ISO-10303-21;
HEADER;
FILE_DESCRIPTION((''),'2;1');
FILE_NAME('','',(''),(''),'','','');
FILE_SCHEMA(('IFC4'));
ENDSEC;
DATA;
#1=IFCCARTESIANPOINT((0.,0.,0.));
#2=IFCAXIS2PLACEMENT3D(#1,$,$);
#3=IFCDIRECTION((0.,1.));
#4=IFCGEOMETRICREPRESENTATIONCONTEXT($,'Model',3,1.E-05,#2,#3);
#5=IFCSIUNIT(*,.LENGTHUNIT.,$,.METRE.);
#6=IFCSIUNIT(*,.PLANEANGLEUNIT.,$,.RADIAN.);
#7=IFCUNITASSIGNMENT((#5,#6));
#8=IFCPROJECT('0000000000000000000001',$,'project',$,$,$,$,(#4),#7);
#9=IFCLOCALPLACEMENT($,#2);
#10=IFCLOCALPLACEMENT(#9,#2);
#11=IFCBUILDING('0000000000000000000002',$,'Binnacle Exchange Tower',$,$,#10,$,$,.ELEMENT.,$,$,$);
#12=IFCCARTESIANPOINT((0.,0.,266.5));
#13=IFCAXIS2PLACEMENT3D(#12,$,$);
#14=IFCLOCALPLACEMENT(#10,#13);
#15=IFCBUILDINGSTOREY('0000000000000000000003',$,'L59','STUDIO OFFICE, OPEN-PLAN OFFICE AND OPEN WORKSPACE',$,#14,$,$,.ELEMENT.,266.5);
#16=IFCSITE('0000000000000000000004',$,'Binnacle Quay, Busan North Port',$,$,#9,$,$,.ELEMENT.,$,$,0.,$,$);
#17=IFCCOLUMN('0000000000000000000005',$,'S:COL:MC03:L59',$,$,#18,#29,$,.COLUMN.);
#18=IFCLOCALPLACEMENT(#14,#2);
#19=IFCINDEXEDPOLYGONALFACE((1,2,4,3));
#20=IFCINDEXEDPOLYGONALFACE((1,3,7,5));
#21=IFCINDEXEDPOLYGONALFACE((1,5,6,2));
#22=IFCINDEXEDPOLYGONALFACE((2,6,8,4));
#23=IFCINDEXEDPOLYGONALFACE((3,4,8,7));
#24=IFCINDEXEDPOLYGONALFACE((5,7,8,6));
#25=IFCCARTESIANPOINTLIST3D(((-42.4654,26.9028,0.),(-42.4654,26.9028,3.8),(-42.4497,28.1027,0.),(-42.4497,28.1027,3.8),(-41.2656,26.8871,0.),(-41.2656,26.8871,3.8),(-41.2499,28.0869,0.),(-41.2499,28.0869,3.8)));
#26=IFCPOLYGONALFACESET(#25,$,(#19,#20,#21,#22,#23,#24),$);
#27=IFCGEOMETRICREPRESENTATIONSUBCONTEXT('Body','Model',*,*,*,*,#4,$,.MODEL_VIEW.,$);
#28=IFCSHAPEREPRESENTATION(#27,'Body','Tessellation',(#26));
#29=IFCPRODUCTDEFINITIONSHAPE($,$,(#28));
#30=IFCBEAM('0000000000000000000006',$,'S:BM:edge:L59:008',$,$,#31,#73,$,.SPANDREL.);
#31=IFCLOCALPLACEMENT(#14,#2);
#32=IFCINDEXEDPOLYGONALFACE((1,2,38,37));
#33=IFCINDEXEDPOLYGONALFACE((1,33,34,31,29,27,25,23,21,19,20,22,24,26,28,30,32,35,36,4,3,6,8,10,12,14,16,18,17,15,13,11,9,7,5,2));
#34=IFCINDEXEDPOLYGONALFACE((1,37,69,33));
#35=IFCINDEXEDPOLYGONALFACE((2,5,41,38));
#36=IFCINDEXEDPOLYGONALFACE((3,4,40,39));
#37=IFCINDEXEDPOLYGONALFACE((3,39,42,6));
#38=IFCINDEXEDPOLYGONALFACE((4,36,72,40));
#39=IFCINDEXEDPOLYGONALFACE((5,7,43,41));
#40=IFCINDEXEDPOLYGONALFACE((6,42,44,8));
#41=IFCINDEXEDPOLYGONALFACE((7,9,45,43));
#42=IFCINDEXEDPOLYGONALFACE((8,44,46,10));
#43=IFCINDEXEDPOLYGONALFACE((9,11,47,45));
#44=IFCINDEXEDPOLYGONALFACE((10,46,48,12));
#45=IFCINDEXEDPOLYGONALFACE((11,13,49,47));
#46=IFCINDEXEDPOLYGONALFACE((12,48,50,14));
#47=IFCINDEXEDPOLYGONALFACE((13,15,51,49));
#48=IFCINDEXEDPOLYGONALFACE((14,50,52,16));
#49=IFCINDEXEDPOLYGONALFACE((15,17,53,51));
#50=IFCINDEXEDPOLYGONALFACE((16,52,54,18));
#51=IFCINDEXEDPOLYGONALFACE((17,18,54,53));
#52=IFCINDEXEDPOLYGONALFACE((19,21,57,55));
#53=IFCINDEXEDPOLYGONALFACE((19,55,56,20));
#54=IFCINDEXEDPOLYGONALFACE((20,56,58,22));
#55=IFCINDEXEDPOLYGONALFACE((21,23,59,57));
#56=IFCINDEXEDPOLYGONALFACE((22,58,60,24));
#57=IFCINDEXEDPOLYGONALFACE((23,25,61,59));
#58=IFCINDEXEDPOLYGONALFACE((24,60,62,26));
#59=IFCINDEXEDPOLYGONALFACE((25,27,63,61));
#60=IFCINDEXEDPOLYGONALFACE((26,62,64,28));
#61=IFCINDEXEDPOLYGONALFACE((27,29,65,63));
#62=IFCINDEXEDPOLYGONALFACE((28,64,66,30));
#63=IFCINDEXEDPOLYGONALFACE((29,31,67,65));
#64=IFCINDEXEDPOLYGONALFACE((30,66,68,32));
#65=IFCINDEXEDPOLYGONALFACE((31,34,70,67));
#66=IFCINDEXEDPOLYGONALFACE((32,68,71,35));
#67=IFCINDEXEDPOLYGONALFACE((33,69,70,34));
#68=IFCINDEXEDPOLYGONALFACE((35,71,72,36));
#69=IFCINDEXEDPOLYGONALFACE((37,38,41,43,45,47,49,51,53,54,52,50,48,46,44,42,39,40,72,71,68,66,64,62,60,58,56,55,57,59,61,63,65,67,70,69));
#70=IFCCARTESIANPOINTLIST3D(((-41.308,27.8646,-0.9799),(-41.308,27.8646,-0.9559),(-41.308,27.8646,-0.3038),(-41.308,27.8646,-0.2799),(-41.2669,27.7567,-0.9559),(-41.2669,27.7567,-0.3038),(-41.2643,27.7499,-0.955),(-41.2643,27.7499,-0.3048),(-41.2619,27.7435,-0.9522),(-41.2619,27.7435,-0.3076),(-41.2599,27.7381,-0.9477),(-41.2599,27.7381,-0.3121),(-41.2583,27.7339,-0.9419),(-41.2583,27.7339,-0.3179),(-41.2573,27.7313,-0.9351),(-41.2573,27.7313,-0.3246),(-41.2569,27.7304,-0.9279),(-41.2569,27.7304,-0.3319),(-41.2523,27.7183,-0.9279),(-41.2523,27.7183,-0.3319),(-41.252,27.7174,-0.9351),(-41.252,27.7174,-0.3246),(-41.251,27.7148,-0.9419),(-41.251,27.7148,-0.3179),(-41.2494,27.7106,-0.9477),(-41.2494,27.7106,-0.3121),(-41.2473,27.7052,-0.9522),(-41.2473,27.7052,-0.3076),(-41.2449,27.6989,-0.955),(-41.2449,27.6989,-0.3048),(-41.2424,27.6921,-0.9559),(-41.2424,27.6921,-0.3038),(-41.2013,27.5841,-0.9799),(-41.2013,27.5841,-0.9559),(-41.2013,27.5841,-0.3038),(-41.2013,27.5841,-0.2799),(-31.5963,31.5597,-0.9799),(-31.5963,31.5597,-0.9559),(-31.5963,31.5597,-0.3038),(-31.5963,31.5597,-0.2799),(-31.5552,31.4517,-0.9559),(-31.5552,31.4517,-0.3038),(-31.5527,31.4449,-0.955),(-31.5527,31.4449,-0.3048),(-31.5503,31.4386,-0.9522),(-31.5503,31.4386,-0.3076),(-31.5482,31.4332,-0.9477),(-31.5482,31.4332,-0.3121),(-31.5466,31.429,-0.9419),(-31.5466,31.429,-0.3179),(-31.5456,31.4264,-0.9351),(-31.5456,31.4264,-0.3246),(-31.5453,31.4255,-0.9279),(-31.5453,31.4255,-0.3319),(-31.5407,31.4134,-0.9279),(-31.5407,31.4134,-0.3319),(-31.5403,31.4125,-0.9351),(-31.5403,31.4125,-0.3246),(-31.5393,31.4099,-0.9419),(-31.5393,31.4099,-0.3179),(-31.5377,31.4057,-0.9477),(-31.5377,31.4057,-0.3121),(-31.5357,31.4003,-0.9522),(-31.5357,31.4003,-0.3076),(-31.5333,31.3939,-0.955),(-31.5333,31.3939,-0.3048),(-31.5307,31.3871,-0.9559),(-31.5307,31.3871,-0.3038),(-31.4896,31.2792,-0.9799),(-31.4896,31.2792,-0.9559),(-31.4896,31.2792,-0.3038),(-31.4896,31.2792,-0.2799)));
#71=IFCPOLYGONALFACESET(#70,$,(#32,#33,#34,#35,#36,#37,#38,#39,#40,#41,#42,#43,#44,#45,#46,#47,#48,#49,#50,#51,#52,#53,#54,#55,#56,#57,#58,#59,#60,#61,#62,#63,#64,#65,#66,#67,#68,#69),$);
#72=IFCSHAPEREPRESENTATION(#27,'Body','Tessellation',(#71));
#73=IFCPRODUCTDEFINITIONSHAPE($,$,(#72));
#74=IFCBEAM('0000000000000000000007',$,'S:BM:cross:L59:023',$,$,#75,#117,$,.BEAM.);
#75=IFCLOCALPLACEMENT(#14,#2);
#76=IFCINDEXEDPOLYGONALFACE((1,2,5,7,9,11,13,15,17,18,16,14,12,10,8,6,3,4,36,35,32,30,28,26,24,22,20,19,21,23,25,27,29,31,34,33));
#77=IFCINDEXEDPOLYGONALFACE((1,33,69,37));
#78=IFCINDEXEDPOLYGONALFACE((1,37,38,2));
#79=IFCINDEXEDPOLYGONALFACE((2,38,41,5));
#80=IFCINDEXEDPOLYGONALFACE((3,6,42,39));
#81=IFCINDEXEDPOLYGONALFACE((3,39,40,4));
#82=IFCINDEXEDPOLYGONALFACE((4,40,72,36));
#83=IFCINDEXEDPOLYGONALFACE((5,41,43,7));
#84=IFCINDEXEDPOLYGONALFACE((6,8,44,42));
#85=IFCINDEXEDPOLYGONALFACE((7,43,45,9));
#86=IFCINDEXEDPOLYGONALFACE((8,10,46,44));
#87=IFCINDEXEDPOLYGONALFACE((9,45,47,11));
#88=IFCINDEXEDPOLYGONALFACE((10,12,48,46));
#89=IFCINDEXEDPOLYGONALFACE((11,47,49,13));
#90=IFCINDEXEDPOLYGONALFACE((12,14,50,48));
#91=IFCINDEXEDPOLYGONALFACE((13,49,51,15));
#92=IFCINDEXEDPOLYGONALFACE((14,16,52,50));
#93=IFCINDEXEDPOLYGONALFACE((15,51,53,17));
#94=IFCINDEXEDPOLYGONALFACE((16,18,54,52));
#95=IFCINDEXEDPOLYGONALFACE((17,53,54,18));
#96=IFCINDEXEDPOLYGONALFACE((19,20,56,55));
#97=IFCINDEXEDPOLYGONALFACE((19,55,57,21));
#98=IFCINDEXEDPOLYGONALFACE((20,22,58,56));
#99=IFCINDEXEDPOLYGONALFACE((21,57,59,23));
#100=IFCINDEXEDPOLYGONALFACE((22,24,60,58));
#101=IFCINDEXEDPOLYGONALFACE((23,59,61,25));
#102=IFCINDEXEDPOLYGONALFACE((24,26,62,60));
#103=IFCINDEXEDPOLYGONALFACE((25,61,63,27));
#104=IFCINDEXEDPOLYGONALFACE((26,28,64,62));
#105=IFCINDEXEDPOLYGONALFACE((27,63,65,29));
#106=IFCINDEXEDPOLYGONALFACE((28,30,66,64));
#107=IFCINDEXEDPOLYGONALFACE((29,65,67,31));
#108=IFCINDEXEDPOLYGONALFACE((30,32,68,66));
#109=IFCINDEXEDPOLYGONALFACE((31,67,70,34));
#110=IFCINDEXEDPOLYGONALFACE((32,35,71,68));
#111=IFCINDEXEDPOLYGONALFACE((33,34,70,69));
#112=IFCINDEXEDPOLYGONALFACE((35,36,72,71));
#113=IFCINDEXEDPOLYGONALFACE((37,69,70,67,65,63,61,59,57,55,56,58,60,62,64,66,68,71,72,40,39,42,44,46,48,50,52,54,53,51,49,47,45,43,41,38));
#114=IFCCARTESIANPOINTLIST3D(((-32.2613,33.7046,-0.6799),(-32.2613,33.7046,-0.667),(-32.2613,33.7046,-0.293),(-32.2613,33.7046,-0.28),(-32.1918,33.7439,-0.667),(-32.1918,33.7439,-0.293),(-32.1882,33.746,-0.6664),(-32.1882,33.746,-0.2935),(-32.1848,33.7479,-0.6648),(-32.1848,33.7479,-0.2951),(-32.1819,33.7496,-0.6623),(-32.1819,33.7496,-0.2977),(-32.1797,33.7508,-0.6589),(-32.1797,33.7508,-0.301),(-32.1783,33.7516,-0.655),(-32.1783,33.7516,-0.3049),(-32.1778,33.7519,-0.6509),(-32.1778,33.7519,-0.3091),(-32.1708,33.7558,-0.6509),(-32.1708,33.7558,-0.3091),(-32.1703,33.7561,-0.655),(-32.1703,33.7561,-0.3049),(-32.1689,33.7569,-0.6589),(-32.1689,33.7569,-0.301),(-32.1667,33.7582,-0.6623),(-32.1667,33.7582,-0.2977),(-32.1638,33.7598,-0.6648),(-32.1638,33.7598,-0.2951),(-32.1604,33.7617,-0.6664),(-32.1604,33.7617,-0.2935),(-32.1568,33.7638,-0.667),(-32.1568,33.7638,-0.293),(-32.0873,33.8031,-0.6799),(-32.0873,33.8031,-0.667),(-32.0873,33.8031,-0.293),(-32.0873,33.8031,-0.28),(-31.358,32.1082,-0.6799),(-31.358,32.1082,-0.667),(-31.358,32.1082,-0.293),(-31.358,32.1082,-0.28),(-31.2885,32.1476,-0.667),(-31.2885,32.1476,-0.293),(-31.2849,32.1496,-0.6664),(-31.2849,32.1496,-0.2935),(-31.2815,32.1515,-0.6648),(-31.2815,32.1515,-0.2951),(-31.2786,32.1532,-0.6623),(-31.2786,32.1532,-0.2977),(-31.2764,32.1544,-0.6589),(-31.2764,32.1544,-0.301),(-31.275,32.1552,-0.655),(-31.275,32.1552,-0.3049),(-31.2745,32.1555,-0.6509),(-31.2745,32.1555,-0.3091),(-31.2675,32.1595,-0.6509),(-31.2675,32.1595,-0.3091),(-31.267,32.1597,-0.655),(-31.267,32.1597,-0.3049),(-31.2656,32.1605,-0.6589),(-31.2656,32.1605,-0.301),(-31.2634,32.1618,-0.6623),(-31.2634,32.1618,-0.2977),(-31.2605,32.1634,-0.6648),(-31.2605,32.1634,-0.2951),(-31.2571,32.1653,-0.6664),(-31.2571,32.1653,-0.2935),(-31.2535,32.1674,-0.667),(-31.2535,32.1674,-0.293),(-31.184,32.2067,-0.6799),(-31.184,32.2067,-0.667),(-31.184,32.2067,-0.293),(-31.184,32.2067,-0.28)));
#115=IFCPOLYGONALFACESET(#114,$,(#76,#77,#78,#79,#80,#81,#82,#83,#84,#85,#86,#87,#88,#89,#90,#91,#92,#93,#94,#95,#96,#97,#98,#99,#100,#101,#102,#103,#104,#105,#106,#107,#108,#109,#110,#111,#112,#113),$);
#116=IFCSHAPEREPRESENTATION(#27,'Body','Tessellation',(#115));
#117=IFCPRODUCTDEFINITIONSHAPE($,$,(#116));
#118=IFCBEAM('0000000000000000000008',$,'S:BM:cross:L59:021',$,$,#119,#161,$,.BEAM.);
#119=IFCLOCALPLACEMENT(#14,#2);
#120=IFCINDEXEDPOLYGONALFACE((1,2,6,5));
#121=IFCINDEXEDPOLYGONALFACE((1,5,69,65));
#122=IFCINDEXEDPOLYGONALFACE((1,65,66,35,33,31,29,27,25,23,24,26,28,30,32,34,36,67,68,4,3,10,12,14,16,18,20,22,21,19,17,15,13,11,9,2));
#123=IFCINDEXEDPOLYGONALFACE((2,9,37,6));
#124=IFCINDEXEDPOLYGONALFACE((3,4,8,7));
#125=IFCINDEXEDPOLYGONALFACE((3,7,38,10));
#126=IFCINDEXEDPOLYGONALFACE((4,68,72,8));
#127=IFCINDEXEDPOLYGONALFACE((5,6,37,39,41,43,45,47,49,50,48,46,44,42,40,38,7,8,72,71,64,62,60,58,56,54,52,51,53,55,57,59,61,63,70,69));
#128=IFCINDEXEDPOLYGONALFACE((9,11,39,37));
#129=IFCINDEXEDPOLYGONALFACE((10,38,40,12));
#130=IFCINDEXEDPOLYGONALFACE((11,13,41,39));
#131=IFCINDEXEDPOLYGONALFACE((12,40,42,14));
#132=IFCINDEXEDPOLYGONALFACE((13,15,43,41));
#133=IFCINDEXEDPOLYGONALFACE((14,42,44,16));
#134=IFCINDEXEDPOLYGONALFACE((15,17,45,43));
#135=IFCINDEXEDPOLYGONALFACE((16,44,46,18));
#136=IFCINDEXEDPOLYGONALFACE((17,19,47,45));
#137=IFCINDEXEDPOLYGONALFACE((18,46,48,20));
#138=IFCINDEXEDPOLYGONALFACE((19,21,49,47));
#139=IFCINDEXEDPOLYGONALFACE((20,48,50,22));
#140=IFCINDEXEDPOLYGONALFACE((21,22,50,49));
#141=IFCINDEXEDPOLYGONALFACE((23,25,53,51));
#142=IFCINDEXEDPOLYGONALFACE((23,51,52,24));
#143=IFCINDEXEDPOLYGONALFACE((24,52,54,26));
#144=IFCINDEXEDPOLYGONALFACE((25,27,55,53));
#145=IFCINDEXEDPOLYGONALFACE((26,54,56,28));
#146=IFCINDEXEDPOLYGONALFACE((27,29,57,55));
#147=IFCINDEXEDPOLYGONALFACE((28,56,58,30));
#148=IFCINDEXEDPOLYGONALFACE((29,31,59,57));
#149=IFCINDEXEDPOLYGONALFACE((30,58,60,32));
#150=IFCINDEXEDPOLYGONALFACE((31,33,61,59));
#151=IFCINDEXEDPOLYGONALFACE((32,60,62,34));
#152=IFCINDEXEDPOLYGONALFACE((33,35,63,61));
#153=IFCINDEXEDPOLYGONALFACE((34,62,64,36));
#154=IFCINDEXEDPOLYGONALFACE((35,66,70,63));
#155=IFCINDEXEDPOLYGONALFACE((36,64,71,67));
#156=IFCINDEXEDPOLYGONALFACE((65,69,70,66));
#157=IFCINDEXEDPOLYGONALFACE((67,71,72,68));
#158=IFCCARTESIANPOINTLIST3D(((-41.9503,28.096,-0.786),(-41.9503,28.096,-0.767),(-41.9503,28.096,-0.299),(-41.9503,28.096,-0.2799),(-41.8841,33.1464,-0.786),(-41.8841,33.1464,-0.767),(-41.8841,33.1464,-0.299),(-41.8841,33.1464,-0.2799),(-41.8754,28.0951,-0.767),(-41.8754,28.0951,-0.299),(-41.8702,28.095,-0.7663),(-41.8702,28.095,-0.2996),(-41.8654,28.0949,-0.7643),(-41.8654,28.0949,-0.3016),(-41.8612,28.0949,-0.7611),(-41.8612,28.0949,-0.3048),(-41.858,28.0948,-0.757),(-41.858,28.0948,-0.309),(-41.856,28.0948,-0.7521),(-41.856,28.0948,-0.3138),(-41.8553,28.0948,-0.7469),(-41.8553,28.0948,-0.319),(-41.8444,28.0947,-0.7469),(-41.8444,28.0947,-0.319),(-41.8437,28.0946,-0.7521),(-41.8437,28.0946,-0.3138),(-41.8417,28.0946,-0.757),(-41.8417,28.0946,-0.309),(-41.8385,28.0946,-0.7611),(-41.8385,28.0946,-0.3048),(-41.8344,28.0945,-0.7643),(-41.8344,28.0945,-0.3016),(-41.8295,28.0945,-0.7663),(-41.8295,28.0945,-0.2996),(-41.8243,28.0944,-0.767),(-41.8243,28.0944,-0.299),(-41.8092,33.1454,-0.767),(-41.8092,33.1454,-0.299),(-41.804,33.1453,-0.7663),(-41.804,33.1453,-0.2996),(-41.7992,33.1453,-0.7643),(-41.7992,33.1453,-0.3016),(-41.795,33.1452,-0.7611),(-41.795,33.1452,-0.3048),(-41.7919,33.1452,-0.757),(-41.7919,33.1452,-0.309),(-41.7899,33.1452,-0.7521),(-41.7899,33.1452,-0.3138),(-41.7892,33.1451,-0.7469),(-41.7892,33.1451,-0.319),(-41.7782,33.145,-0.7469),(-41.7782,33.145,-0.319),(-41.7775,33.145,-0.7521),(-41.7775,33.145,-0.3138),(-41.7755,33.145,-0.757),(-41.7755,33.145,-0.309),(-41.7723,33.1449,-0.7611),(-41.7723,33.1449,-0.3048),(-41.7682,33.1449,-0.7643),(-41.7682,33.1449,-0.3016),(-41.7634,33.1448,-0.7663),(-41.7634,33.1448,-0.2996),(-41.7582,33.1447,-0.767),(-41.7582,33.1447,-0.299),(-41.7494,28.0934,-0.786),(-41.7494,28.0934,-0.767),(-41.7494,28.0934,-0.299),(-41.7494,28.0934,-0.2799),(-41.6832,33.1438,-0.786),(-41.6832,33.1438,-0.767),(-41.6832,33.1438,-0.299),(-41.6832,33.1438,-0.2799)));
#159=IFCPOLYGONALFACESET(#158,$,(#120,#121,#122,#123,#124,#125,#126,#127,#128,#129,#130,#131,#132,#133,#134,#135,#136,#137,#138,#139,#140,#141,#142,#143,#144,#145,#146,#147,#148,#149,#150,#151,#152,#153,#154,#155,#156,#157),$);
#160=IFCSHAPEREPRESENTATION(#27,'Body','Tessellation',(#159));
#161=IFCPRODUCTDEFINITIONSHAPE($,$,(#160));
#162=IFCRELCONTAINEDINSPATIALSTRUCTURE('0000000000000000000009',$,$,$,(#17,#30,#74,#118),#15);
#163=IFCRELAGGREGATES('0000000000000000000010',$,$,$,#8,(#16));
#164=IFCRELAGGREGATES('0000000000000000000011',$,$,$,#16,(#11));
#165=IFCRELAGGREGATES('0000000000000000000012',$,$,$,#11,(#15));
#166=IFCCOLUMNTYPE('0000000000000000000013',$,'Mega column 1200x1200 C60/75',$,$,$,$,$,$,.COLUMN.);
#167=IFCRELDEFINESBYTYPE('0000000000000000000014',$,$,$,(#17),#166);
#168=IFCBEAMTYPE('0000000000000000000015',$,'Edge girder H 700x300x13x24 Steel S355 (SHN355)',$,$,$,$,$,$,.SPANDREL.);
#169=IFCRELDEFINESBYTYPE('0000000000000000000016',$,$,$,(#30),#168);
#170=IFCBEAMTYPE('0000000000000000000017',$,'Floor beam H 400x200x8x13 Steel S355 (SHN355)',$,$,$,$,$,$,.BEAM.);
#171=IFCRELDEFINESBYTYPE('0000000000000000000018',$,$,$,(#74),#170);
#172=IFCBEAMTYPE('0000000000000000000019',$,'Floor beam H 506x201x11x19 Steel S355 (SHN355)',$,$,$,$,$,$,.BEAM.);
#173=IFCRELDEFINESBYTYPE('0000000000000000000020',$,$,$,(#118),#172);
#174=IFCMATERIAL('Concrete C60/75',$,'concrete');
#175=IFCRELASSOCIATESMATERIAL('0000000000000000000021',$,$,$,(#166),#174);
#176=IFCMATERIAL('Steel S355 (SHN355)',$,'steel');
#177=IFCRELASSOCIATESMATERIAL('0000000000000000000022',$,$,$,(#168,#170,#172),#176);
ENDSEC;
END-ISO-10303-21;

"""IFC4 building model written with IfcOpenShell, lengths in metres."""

from ifc_helpers import new_model, si_unit, direction, frame, origin, origin_2d, place, context, subcontext, project, spatial, rectangle, i_section, extrude, material, material_profile, profile_set, type_object, element, save


model = new_model("IFC4")

# Units and contexts
model_context = context("Model", 3, precision=1e-05, world=origin(), true_north=direction((0.0, 1.0)))
body_context = subcontext(model_context, "Body", "Model", "MODEL_VIEW")
ifc_project = project(units=[si_unit("LENGTHUNIT", "METRE"), si_unit("PLANEANGLEUNIT", "RADIAN")], contexts=[model_context])

# Site, building, storey
site_placement = place(None, origin())
site = spatial("IfcSite", under=ifc_project, at=site_placement, Name="Binnacle Quay, Busan North Port", CompositionType="ELEMENT", RefElevation=0.0)
building_placement = place(site_placement, origin())
building = spatial("IfcBuilding", under=site, at=building_placement, Name="Binnacle Exchange Tower", CompositionType="ELEMENT")
storey_placement = place(building_placement, frame((0.0, 0.0, 266.5)))
storey = spatial("IfcBuildingStorey", under=building, at=storey_placement, Name="L59", Description="STUDIO OFFICE, OPEN-PLAN OFFICE AND OPEN WORKSPACE", CompositionType="ELEMENT", Elevation=266.5)

# Column
ifc_material_1 = material(Name="Concrete C60/75", Category="concrete")
ifc_material_profile_1 = material_profile(ifc_material_1, rectangle(XDim=1.2, YDim=1.2, at=origin_2d()), Name="Mega column 1200x1200 C60/75")
ifc_profile_set_1 = profile_set([ifc_material_profile_1], Name="Concrete C60/75")
column_type = type_object("IfcColumnType", Name="Mega column 1200x1200 C60/75", PredefinedType="COLUMN", material=ifc_profile_set_1)
column_placement = place(storey_placement, frame((-41.8577, 27.4949, 0.0), z_axis=(0.0, 0.0, 1.0), x_axis=(0.999914, -0.01309, 0.0)))
element("IfcColumn", 1, at=column_placement, inside=storey, type_object=column_type, Name="S:COL:MC03:L59", PredefinedType="COLUMN", context=body_context, shape_type="SweptSolid", body=[
    extrude(rectangle(XDim=1.2, YDim=1.2, at=origin_2d()), origin(), (0.0, 0.0, 1.0), 3.8),
])

# Beams
ifc_material_2 = material(Name="Steel S355 (SHN355)", Category="steel")
ifc_material_profile_2 = material_profile(ifc_material_2, i_section(OverallWidth=0.3, OverallDepth=0.7, WebThickness=0.0129, FlangeThickness=0.0239, FilletRadius=0.0281, at=origin_2d()), Name="H 700x300x13x24")
ifc_profile_set_2 = profile_set([ifc_material_profile_2], Name="Steel S355 (SHN355)")
beam_type_1 = type_object("IfcBeamType", Name="Edge girder H 700x300x13x24 Steel S355 (SHN355)", PredefinedType="SPANDREL", material=ifc_profile_set_2)
beam_1_placement = place(storey_placement, frame((-41.2546, 27.7244, -0.6299), z_axis=(0.934635, 0.355607, 0.0), x_axis=(-0.355607, 0.934635, 0.0)))
element("IfcBeam", 2, at=beam_1_placement, inside=storey, type_object=beam_type_1, Name="S:BM:edge:L59:008", PredefinedType="SPANDREL", context=body_context, shape_type="SweptSolid", body=[
    extrude(i_section(OverallWidth=0.3, OverallDepth=0.7, WebThickness=0.0129, FlangeThickness=0.0239, FilletRadius=0.0281, at=origin_2d()), origin(), (0.0, 0.0, 1.0), 10.3909),
])
ifc_material_profile_3 = material_profile(ifc_material_2, i_section(OverallWidth=0.2, OverallDepth=0.3999, WebThickness=0.0081, FlangeThickness=0.0129, FilletRadius=0.0161, at=origin_2d()), Name="H 400x200x8x13")
ifc_profile_set_3 = profile_set([ifc_material_profile_3], Name="Steel S355 (SHN355)")
beam_type_2 = type_object("IfcBeamType", Name="Floor beam H 400x200x8x13 Steel S355 (SHN355)", PredefinedType="BEAM", material=ifc_profile_set_3)
beam_2_placement = place(storey_placement, frame((-31.271, 32.1575, -0.48), z_axis=(-0.492465, 0.870332, 0.0), x_axis=(-0.870332, -0.492465, 0.0)))
element("IfcBeam", 3, at=beam_2_placement, inside=storey, type_object=beam_type_2, Name="S:BM:cross:L59:023", PredefinedType="BEAM", context=body_context, shape_type="SweptSolid", body=[
    extrude(i_section(OverallWidth=0.2, OverallDepth=0.3999, WebThickness=0.0081, FlangeThickness=0.0129, FilletRadius=0.0161, at=origin_2d()), origin(), (0.0, 0.0, 1.0), 1.8342),
])
ifc_material_profile_4 = material_profile(ifc_material_2, i_section(OverallWidth=0.2009, OverallDepth=0.5061, WebThickness=0.011, FlangeThickness=0.019, FilletRadius=0.02, at=origin_2d()), Name="H 506x201x11x19")
ifc_profile_set_4 = profile_set([ifc_material_profile_4], Name="Steel S355 (SHN355)")
beam_type_3 = type_object("IfcBeamType", Name="Floor beam H 506x201x11x19 Steel S355 (SHN355)", PredefinedType="BEAM", material=ifc_profile_set_4)
beam_3_placement = place(storey_placement, frame((-41.8499, 28.0947, -0.533), z_axis=(0.0131, 0.999914, 0.0), x_axis=(-0.999914, 0.0131, 0.0)))
element("IfcBeam", 4, at=beam_3_placement, inside=storey, type_object=beam_type_3, Name="S:BM:cross:L59:021", PredefinedType="BEAM", context=body_context, shape_type="SweptSolid", body=[
    extrude(i_section(OverallWidth=0.2009, OverallDepth=0.5061, WebThickness=0.011, FlangeThickness=0.019, FilletRadius=0.02, at=origin_2d()), origin(), (0.0, 0.0, 1.0), 5.0508),
])

save(model, "model.ifc")
